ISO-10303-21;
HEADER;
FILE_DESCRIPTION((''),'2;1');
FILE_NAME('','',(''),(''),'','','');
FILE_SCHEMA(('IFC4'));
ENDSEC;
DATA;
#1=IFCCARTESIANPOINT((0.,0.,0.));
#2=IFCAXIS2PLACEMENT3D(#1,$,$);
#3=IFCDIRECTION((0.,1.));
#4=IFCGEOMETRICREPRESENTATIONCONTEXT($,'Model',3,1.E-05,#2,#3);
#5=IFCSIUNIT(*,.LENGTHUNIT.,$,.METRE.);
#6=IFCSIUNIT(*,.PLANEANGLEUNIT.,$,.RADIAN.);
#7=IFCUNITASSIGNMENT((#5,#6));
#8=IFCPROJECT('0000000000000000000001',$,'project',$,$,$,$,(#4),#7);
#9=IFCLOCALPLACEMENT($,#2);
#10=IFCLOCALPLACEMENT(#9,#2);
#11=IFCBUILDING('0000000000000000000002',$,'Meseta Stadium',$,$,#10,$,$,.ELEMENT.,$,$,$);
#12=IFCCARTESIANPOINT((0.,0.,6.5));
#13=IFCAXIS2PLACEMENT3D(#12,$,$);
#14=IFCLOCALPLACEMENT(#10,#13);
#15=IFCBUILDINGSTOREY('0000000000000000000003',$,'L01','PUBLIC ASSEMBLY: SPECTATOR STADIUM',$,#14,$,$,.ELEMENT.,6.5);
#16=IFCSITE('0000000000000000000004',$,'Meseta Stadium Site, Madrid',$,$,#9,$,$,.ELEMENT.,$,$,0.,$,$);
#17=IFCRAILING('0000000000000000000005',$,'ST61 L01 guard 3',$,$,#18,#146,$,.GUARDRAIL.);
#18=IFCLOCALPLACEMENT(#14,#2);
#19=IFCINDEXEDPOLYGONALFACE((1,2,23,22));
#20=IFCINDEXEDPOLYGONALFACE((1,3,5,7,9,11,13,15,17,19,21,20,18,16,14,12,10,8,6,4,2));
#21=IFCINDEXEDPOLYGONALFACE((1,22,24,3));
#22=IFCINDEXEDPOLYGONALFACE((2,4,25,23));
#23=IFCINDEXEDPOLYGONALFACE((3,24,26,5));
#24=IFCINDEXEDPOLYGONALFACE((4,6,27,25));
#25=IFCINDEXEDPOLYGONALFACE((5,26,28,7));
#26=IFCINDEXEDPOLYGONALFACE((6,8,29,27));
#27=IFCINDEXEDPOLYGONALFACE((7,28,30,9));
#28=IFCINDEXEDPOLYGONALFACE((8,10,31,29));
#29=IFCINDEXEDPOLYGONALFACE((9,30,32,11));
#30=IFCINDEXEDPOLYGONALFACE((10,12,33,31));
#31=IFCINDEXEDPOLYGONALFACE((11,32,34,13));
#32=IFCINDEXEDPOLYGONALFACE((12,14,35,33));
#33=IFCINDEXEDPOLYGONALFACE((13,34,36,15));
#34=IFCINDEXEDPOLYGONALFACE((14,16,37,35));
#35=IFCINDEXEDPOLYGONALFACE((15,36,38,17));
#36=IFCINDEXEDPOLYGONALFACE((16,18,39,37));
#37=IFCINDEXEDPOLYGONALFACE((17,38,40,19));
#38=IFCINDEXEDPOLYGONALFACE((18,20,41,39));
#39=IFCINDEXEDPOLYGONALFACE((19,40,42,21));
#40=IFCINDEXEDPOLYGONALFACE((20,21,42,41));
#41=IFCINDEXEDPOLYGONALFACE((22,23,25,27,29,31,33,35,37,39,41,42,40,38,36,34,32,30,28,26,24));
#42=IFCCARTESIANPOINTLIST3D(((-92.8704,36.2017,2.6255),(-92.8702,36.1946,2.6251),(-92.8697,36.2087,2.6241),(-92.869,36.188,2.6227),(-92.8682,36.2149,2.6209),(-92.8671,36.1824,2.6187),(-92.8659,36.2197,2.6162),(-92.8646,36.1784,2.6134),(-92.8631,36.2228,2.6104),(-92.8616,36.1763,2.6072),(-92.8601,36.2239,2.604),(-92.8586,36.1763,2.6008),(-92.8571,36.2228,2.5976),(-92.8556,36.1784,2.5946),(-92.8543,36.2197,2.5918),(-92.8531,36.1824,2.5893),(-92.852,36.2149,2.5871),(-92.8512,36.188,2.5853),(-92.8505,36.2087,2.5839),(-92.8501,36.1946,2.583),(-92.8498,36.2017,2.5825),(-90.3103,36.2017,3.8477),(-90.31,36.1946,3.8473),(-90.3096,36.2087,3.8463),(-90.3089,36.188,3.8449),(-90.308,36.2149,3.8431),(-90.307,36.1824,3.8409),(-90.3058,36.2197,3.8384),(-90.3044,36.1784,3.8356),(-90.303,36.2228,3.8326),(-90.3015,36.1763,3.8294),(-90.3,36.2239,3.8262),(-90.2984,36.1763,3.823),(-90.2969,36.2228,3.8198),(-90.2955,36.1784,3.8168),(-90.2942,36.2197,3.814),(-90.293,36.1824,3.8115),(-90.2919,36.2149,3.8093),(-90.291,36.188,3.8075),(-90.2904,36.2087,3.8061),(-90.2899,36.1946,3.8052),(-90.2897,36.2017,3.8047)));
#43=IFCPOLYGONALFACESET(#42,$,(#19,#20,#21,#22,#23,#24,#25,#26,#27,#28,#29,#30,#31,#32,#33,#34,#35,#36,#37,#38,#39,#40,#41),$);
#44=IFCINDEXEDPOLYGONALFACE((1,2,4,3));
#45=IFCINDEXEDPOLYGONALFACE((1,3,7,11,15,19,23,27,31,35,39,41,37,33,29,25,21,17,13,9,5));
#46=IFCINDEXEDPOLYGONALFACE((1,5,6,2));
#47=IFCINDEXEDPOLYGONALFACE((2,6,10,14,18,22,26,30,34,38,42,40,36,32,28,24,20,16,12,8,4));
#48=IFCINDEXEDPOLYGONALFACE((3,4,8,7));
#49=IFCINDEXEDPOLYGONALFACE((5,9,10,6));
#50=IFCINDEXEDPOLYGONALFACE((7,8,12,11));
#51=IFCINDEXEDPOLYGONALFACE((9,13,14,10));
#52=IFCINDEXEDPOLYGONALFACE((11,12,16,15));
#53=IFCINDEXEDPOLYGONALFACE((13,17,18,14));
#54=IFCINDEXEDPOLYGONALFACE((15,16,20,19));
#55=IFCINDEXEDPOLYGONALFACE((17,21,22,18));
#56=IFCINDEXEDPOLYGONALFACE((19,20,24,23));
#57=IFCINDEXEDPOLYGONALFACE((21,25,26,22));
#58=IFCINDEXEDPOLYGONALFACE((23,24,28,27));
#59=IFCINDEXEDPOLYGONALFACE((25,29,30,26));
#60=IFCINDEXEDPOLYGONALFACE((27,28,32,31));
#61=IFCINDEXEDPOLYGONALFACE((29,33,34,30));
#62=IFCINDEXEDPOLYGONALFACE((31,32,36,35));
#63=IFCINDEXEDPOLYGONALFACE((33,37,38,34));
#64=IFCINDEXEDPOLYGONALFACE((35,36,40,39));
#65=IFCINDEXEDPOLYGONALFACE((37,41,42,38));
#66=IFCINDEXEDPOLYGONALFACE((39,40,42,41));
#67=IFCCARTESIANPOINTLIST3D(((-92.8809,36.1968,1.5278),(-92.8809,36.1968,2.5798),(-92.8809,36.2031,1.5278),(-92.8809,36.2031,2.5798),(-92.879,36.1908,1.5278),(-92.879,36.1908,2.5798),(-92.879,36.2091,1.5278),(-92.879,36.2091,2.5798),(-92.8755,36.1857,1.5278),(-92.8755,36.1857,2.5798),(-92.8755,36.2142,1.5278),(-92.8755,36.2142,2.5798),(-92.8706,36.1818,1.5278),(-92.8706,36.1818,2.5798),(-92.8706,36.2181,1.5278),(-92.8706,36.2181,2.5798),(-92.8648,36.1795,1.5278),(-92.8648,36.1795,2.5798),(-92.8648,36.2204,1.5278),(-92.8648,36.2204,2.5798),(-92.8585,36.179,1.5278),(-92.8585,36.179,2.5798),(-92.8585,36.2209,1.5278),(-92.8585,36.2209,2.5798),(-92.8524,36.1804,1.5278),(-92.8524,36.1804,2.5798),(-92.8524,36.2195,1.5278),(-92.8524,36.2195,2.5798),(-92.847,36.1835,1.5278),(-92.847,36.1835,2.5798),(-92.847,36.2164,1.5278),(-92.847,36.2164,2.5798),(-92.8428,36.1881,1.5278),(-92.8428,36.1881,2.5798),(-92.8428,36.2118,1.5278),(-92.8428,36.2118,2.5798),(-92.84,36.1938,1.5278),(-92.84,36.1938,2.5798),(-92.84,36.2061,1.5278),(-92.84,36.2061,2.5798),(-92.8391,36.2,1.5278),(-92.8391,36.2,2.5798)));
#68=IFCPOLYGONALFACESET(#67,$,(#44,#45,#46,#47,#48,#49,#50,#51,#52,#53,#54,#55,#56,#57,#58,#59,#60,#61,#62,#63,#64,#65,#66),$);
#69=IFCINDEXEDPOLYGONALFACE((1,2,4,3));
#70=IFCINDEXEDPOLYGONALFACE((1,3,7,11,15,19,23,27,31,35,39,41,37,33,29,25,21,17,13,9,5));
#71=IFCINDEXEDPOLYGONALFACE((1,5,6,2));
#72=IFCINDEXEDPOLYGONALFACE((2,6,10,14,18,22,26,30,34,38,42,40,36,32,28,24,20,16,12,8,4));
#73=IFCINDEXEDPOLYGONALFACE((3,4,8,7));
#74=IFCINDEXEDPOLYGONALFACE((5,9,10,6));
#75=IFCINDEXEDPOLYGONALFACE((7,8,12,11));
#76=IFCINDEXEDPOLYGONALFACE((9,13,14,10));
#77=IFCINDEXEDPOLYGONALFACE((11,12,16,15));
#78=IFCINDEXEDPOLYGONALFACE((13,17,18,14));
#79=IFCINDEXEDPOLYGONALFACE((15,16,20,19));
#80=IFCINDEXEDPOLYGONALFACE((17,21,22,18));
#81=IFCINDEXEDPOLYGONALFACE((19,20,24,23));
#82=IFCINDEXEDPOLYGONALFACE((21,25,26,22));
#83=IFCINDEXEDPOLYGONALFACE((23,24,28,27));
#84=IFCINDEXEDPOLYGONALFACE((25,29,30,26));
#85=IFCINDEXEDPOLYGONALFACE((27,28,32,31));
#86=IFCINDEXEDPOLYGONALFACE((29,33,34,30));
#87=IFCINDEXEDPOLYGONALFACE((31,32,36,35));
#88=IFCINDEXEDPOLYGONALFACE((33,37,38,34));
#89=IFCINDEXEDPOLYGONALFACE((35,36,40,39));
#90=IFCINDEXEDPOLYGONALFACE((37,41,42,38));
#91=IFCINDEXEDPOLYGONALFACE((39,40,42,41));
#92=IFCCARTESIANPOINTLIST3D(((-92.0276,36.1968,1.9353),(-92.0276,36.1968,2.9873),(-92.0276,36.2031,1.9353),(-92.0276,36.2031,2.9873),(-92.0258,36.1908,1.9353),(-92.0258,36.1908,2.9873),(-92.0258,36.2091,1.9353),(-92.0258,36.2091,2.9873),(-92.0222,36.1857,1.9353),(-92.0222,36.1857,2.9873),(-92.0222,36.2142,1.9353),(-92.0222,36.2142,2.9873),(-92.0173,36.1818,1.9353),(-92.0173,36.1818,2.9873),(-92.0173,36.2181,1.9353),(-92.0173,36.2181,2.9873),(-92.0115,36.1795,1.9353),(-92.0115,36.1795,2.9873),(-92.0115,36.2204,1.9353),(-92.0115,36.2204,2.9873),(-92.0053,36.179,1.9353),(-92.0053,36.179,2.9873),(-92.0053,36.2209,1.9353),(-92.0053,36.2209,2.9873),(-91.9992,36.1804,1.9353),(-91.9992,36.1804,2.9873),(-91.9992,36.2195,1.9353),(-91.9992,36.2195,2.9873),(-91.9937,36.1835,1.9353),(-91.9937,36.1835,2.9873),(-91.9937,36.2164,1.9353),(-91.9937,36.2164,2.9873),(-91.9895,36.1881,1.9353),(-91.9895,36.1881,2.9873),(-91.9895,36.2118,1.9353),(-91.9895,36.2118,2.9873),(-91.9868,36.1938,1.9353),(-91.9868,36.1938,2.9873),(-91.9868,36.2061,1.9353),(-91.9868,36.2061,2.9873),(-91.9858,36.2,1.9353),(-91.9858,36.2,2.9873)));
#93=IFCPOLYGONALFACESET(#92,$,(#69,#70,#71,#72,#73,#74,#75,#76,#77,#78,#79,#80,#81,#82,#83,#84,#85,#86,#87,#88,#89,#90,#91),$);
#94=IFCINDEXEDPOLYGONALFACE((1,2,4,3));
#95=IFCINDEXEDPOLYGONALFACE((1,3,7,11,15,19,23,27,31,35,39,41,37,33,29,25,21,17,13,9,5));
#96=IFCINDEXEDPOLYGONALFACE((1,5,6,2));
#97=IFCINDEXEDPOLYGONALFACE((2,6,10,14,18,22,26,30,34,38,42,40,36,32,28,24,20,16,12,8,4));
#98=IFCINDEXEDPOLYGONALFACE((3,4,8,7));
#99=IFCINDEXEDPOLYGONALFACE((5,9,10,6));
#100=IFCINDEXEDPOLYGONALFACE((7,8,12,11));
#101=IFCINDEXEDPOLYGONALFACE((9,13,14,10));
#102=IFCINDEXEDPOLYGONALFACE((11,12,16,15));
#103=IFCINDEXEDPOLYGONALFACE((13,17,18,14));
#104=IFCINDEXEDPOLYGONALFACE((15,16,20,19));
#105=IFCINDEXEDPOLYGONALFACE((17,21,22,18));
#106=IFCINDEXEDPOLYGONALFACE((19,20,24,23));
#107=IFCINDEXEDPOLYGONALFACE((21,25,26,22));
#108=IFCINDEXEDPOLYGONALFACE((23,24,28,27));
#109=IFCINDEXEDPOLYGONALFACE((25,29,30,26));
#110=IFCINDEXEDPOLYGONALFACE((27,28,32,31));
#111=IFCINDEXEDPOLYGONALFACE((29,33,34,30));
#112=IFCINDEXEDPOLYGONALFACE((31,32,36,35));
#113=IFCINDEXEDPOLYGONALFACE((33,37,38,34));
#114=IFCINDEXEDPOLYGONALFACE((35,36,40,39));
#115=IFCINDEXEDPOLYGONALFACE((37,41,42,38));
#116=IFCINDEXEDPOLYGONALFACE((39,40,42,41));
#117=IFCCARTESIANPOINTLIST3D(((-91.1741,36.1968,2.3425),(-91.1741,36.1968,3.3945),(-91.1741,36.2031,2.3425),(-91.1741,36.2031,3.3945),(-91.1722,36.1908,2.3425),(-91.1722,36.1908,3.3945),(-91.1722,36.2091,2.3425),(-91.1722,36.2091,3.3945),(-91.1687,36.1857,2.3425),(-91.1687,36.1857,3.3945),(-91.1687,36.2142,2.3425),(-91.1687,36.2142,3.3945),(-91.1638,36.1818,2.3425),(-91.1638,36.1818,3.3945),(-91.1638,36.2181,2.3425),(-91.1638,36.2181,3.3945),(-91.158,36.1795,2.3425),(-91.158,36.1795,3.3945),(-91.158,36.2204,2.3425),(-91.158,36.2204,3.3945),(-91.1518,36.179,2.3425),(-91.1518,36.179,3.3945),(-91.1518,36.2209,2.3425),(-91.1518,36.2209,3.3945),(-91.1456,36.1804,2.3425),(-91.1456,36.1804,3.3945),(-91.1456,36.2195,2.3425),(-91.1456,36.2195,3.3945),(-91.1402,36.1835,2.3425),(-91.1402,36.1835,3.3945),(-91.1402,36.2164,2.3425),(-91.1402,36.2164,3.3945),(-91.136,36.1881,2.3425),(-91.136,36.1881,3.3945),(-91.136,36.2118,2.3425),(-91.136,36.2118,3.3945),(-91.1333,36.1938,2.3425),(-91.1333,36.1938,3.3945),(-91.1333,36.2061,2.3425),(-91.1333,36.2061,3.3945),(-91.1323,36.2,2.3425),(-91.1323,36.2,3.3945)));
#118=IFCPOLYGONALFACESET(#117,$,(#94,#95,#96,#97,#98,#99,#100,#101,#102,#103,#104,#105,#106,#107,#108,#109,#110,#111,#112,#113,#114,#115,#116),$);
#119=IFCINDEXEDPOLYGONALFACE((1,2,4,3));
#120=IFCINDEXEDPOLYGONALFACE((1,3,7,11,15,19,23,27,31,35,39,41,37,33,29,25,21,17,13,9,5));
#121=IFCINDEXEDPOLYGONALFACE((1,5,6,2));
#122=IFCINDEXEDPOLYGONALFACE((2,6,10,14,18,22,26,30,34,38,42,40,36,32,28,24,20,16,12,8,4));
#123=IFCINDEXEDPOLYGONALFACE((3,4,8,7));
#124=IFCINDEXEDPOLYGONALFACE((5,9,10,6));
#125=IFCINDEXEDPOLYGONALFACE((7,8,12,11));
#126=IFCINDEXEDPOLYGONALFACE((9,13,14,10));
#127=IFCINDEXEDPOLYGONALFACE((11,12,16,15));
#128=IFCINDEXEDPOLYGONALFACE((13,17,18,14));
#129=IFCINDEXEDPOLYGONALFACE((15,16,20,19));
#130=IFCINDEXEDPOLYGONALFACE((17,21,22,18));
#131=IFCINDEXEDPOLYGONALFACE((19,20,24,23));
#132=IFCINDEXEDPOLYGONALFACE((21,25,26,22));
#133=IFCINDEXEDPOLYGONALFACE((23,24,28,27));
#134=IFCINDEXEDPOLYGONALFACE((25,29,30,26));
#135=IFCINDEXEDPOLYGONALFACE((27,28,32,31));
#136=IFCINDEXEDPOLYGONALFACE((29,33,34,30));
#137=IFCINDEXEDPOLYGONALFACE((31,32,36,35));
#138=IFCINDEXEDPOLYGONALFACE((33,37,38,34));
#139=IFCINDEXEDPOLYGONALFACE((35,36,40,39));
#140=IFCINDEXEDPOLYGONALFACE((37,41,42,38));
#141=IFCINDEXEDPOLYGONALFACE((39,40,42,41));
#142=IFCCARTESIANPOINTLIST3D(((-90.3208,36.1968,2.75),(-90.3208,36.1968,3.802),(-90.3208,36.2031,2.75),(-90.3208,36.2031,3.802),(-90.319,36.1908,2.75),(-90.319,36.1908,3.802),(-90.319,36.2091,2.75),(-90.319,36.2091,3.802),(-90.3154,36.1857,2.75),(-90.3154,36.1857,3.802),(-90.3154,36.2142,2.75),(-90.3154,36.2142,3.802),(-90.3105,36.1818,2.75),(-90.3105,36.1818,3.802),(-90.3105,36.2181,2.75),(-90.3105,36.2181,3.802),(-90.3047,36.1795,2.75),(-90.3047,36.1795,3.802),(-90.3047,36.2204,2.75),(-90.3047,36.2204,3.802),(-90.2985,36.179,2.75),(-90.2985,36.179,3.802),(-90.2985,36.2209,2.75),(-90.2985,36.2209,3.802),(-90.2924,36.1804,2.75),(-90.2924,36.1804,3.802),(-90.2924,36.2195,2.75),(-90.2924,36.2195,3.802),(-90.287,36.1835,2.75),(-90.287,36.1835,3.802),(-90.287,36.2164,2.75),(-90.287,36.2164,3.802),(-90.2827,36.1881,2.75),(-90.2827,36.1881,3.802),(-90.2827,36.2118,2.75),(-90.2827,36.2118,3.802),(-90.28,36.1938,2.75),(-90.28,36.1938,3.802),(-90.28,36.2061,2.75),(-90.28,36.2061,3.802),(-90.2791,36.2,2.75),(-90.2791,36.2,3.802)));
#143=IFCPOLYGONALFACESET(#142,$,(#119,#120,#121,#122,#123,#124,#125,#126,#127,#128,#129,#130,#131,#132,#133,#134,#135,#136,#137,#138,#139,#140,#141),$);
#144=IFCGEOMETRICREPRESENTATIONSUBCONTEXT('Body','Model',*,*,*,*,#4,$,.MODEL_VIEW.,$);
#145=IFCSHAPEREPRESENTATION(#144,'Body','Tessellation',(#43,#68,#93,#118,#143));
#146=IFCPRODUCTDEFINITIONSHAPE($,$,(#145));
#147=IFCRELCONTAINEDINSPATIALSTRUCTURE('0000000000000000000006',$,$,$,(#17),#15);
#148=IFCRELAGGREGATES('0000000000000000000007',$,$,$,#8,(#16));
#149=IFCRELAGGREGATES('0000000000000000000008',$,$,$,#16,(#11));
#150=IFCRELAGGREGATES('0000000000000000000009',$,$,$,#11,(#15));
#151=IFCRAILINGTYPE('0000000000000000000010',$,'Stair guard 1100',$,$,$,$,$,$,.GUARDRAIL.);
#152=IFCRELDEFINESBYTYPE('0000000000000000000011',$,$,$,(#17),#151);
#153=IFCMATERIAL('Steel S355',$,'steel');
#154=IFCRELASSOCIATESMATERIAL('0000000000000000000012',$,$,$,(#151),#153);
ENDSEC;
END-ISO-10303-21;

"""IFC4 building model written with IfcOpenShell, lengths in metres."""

from ifc_helpers import new_model, si_unit, direction, frame, origin, origin_2d, place, context, subcontext, project, spatial, circle, extrude, material, type_object, element, save


model = new_model("IFC4")

# Units and contexts
model_context = context("Model", 3, precision=1e-05, world=origin(), true_north=direction((0.0, 1.0)))
body_context = subcontext(model_context, "Body", "Model", "MODEL_VIEW")
ifc_project = project(units=[si_unit("LENGTHUNIT", "METRE"), si_unit("PLANEANGLEUNIT", "RADIAN")], contexts=[model_context])

# Site, building, storey
site_placement = place(None, origin())
site = spatial("IfcSite", under=ifc_project, at=site_placement, Name="Meseta Stadium Site, Madrid", CompositionType="ELEMENT", RefElevation=0.0)
building_placement = place(site_placement, origin())
building = spatial("IfcBuilding", under=site, at=building_placement, Name="Meseta Stadium", CompositionType="ELEMENT")
storey_placement = place(building_placement, frame((0.0, 0.0, 6.5)))
storey = spatial("IfcBuildingStorey", under=building, at=storey_placement, Name="L01", Description="PUBLIC ASSEMBLY: SPECTATOR STADIUM", CompositionType="ELEMENT", Elevation=6.5)

# Railing
ifc_material_1 = material(Name="Steel S355", Category="steel")
railing_type_1 = type_object("IfcRailingType", Name="Stair guard 1100", PredefinedType="GUARDRAIL", material=ifc_material_1)
railing_1_placement = place(storey_placement, frame((-92.8601, 36.2, 1.5278)))
element("IfcRailing", 1, at=railing_1_placement, inside=storey, type_object=railing_type_1, Name="ST61 L01 guard 3", PredefinedType="GUARDRAIL", context=body_context, shape_type="SweptSolid", body=[
    extrude(circle(Radius=0.0239, at=origin_2d()), frame((0.0, 0.0, 1.0762), z_axis=(0.902437, 0.0, 0.430822), x_axis=(0.0, 1.0, 0.0)), (0.0, 0.0, 1.0), 2.8369),
    extrude(circle(Radius=0.021, at=origin_2d()), origin(), (0.0, 0.0, 1.0), 1.052),
    extrude(circle(Radius=0.021, at=origin_2d()), frame((0.8533, 0.0, 0.4075)), (0.0, 0.0, 1.0), 1.052),
    extrude(circle(Radius=0.021, at=origin_2d()), frame((1.7068, 0.0, 0.8147)), (0.0, 0.0, 1.0), 1.052),
    extrude(circle(Radius=0.021, at=origin_2d()), frame((2.5601, 0.0, 1.2222)), (0.0, 0.0, 1.0), 1.052),
])

save(model, "model.ifc")
